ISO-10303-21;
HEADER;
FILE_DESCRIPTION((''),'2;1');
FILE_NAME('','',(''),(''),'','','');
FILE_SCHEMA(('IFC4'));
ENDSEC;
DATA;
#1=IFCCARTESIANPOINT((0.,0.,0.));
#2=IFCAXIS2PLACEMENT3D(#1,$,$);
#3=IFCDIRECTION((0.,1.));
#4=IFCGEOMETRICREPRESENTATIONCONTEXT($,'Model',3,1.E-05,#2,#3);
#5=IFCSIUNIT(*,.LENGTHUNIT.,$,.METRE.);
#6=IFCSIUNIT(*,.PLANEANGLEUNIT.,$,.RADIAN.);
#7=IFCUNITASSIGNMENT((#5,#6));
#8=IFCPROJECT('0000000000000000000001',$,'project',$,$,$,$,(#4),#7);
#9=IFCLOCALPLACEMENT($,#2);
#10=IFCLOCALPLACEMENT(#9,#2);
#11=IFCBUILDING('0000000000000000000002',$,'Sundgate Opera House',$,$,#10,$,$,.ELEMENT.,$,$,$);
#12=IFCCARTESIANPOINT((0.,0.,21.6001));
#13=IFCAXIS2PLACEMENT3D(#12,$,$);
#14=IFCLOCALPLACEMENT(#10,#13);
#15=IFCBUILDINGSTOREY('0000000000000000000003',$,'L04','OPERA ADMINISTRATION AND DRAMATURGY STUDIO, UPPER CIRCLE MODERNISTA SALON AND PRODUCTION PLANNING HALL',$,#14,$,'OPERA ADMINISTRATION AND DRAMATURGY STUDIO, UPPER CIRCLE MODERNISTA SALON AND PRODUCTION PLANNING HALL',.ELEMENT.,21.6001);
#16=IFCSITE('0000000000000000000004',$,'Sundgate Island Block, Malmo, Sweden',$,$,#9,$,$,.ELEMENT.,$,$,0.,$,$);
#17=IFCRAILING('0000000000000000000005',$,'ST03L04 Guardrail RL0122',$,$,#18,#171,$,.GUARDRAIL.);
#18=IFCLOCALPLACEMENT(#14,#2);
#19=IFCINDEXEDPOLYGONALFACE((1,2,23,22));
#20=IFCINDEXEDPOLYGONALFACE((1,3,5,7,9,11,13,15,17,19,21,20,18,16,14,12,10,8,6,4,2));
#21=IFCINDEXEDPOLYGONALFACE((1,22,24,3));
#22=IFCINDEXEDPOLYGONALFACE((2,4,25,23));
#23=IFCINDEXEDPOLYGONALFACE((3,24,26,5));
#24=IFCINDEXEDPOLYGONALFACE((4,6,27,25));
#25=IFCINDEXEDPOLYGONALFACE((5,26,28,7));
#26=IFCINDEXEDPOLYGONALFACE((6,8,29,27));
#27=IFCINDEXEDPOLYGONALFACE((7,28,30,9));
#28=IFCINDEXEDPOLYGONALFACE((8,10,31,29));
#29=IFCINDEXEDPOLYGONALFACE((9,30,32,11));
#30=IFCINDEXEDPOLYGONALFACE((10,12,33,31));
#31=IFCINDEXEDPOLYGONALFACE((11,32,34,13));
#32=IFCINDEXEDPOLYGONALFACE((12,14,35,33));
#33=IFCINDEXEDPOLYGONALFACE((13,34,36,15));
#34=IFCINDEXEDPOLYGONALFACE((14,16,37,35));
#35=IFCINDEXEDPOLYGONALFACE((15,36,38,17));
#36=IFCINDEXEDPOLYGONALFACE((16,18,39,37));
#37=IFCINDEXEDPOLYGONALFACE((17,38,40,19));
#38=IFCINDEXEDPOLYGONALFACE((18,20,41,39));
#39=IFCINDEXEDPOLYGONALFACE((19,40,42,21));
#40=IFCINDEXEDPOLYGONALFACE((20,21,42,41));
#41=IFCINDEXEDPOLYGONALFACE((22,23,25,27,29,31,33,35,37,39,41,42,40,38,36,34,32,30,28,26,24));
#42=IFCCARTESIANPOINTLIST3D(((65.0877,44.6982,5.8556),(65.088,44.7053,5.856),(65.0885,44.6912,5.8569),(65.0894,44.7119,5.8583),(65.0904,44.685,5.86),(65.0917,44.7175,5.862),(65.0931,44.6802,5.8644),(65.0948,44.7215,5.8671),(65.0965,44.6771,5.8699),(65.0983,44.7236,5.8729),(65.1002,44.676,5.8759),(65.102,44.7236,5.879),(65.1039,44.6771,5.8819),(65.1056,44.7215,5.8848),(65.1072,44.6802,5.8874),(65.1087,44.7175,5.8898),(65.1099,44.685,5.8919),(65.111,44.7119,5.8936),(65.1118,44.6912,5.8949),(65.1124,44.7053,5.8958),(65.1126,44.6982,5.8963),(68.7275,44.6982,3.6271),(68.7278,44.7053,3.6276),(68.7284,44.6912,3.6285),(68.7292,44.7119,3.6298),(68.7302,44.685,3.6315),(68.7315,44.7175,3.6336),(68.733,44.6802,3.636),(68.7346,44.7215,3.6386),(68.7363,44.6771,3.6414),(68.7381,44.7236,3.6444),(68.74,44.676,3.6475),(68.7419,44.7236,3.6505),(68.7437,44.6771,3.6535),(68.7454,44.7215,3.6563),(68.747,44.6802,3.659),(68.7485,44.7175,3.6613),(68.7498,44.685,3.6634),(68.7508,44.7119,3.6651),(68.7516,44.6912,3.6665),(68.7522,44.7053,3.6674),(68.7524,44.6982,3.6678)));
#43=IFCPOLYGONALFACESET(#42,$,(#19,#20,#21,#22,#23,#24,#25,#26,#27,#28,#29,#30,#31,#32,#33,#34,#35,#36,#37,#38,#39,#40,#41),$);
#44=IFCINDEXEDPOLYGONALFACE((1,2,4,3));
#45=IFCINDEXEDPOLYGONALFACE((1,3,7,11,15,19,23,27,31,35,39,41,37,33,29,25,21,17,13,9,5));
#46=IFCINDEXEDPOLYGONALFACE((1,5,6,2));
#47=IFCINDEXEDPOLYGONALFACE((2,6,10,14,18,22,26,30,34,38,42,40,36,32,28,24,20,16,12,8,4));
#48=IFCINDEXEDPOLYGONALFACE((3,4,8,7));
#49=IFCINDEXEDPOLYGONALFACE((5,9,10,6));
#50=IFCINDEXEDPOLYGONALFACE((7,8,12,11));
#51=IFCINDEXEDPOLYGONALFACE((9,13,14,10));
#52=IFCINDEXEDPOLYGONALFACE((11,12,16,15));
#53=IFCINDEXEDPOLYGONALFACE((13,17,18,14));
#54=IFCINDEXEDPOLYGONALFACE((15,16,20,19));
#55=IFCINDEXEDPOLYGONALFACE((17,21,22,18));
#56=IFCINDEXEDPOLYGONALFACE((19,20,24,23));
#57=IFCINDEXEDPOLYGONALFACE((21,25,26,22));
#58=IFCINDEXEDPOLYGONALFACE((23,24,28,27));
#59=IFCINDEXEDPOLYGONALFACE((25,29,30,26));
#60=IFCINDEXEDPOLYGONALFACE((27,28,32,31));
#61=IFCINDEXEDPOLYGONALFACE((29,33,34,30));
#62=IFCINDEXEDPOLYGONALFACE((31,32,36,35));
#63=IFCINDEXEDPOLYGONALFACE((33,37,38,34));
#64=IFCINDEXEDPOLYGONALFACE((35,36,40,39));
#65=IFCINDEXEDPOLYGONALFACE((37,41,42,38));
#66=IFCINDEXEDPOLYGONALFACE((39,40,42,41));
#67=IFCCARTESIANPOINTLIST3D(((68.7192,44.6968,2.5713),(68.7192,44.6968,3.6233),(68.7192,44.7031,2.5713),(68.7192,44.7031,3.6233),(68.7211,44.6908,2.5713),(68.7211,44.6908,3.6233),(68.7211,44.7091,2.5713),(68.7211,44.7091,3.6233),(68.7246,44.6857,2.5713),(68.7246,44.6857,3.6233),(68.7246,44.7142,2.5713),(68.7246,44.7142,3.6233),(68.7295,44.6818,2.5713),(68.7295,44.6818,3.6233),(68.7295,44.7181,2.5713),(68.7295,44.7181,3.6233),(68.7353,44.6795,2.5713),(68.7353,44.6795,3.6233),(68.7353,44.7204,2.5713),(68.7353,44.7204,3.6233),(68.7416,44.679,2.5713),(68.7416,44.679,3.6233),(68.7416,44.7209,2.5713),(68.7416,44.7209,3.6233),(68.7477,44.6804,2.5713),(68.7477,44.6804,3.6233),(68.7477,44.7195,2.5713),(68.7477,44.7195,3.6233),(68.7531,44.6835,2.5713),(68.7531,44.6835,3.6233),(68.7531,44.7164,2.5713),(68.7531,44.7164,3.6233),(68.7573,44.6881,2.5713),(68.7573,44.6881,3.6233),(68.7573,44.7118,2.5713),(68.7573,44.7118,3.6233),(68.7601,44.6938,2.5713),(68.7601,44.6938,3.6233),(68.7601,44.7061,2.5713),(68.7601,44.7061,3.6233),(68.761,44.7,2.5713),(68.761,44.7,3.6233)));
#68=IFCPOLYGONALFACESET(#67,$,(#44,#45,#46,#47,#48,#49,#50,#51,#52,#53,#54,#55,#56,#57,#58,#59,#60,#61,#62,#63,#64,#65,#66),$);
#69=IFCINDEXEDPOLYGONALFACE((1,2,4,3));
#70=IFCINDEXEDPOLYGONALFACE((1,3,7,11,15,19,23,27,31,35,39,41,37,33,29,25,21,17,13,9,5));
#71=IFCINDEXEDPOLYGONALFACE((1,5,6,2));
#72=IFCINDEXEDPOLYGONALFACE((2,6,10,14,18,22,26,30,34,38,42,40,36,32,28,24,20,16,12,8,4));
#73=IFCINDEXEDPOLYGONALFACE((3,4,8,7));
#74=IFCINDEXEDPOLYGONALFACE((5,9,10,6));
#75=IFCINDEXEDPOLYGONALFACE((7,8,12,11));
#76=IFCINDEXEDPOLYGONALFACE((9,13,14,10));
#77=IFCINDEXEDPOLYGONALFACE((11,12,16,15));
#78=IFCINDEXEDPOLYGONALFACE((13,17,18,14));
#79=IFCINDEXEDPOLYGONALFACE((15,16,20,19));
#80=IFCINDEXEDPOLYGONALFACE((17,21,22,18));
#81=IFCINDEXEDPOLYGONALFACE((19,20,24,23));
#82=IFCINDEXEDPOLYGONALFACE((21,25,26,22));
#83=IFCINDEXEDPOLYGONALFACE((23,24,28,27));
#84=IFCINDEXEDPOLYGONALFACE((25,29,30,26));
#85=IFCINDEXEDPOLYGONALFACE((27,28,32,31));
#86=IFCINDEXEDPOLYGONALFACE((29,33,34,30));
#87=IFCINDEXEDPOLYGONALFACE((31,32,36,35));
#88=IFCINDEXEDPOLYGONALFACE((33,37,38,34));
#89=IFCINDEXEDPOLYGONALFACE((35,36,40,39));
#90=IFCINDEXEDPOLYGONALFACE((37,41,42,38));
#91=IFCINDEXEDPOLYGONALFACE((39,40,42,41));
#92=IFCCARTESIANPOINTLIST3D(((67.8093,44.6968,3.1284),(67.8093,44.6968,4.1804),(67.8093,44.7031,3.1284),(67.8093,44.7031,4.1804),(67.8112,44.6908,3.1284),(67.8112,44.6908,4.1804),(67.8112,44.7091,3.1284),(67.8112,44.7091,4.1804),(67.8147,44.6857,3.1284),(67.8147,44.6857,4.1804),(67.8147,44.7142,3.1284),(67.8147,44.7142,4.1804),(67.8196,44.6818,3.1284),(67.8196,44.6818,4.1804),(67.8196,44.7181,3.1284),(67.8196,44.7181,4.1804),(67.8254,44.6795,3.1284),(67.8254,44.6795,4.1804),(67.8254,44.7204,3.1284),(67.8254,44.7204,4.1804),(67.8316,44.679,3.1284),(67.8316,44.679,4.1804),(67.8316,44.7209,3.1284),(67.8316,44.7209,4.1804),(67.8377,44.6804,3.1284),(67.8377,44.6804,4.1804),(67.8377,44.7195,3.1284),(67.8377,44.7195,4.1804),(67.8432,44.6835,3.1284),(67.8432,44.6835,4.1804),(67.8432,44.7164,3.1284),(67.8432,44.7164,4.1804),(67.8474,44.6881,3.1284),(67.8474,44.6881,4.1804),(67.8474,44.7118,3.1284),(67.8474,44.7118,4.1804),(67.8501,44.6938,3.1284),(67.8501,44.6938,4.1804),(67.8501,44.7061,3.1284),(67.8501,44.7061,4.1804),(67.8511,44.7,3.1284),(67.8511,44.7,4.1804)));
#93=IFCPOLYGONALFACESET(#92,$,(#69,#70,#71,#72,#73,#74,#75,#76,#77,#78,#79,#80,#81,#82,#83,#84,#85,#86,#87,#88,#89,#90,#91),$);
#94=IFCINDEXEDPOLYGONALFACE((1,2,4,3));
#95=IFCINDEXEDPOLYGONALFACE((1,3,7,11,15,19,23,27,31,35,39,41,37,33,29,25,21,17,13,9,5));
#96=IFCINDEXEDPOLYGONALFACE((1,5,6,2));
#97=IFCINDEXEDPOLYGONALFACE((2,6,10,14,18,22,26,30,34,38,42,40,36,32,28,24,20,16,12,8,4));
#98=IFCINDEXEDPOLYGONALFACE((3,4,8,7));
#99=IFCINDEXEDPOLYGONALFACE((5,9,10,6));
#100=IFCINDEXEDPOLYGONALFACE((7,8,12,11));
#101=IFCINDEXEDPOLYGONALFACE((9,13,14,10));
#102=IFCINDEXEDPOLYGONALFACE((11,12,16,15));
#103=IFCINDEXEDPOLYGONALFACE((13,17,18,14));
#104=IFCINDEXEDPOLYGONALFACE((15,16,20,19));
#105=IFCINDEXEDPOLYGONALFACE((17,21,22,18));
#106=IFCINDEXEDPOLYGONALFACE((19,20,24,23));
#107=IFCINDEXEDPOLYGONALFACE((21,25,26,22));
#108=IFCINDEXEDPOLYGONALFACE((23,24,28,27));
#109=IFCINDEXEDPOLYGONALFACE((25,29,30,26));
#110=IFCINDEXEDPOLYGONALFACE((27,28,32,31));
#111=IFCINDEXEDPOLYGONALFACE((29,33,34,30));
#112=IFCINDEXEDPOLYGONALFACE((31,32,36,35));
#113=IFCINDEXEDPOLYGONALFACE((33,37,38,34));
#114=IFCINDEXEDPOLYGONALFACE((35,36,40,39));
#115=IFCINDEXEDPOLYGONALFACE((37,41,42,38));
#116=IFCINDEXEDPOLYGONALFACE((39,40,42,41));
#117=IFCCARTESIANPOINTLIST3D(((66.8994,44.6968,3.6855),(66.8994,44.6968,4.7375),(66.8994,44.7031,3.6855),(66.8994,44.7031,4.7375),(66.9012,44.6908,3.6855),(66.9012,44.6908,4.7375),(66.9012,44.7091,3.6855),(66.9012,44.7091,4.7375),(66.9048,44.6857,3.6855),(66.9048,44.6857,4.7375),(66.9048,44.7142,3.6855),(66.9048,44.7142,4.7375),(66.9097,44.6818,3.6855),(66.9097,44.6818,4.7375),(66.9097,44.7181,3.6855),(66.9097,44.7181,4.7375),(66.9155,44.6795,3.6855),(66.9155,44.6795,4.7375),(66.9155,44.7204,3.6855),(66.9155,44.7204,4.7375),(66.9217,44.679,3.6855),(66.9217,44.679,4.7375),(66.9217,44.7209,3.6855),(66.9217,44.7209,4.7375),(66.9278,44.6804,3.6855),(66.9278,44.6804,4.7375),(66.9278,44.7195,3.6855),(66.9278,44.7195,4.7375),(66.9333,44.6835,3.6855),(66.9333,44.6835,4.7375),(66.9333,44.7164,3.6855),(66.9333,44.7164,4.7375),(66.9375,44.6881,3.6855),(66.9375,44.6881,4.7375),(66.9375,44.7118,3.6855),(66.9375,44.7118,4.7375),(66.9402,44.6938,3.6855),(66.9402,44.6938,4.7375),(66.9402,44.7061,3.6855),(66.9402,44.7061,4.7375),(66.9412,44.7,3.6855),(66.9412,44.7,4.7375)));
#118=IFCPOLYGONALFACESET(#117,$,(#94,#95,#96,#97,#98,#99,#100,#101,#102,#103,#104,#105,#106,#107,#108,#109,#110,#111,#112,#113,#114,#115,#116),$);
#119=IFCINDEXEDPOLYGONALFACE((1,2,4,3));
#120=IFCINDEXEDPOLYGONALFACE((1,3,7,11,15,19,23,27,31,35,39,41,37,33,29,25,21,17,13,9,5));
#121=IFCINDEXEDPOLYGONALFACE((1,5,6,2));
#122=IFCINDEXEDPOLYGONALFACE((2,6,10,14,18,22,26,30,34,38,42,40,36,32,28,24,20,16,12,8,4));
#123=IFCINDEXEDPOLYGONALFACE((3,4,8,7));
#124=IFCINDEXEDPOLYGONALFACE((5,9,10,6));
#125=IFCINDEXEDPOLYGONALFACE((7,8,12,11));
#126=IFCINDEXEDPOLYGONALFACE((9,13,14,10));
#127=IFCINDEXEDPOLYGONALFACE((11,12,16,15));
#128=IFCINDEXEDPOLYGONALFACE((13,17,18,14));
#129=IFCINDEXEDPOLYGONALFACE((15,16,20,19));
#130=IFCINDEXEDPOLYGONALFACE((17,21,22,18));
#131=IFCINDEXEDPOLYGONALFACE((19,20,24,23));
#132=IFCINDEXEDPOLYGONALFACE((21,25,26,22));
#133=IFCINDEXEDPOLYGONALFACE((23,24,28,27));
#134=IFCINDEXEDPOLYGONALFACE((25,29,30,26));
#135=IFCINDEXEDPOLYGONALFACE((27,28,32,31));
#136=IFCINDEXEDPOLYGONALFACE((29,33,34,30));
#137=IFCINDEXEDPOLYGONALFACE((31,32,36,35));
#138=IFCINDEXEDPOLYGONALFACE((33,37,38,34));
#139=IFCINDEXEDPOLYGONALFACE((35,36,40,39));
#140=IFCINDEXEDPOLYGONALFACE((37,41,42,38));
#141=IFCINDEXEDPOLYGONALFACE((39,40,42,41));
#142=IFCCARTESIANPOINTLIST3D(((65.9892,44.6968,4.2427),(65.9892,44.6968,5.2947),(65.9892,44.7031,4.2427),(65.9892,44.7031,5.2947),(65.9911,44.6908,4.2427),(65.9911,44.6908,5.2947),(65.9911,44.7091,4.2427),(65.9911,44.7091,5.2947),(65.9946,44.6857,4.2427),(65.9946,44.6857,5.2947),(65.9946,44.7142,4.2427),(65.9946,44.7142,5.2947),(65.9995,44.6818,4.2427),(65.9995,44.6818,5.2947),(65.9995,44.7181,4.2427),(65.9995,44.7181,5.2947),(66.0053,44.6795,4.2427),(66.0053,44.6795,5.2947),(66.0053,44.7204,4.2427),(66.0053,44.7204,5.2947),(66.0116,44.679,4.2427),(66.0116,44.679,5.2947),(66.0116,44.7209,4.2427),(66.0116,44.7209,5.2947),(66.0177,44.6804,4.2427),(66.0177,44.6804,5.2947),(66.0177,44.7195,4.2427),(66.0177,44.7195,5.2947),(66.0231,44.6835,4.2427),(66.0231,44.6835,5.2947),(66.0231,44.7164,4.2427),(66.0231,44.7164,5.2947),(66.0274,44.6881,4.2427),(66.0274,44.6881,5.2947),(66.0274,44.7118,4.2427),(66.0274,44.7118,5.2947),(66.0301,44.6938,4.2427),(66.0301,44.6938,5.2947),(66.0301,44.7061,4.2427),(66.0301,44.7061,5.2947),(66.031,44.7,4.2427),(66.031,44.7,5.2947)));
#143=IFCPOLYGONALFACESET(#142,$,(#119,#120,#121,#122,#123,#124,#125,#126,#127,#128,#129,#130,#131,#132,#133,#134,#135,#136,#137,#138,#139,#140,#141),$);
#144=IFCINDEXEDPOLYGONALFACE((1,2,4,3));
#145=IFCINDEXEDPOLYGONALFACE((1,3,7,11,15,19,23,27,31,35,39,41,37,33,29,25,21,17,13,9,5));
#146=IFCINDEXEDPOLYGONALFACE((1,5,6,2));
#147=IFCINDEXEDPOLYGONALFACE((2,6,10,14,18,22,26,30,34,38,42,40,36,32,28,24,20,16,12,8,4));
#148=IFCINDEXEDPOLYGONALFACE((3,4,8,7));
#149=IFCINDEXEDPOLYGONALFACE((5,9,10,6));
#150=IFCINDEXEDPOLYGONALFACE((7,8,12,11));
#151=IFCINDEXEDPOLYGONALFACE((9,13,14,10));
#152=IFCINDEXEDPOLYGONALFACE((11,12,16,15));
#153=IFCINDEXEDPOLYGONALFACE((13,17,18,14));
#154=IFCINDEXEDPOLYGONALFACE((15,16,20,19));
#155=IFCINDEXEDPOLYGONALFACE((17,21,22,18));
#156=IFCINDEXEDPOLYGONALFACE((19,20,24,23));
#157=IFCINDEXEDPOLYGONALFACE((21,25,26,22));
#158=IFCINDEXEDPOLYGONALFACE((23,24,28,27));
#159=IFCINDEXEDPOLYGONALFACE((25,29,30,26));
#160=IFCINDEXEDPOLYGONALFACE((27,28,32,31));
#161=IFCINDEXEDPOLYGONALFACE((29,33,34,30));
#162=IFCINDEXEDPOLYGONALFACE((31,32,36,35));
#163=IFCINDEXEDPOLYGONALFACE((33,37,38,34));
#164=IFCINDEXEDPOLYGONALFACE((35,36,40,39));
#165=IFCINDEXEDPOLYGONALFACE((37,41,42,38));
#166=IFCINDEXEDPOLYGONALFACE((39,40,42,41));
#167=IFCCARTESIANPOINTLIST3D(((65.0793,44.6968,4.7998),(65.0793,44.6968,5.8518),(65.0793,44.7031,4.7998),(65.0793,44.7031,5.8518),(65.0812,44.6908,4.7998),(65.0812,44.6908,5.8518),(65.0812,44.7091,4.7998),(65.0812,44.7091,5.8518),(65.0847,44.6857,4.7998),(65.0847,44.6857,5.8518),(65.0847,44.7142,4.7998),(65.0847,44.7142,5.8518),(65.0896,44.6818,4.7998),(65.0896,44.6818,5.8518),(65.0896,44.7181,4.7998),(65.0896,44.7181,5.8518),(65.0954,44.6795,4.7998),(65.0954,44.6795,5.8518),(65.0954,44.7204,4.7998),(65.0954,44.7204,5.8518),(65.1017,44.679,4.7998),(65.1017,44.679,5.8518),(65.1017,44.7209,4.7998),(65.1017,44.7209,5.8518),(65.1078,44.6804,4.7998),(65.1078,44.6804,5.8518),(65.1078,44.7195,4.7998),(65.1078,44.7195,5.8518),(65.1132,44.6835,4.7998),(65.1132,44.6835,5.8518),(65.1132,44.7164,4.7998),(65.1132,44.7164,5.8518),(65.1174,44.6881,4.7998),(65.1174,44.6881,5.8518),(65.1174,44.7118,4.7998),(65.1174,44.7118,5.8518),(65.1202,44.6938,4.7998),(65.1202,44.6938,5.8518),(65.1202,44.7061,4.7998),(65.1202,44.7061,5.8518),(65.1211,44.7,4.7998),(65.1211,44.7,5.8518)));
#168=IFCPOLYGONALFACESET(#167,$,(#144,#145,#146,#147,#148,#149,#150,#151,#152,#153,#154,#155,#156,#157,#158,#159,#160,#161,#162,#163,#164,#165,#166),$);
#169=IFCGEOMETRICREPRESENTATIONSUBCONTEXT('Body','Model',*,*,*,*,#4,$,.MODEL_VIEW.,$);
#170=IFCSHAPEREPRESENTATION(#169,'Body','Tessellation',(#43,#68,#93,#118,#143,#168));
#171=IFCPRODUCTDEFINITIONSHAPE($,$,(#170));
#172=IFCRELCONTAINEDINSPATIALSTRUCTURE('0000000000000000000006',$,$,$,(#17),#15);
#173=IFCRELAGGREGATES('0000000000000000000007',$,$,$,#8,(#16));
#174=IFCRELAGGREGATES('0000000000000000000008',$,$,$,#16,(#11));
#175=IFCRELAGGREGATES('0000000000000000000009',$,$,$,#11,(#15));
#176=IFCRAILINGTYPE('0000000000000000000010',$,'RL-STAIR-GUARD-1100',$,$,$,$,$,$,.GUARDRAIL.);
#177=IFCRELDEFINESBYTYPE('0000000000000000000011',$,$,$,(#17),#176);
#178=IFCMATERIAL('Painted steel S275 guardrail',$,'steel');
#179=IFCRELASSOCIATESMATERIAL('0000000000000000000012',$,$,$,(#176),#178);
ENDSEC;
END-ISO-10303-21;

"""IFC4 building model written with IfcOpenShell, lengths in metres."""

from ifc_helpers import new_model, si_unit, direction, frame, origin, origin_2d, place, context, subcontext, project, spatial, circle, extrude, material, type_object, element, save


model = new_model("IFC4")

# Units and contexts
model_context = context("Model", 3, precision=1e-05, world=origin(), true_north=direction((0.0, 1.0)))
body_context = subcontext(model_context, "Body", "Model", "MODEL_VIEW")
ifc_project = project(units=[si_unit("LENGTHUNIT", "METRE"), si_unit("PLANEANGLEUNIT", "RADIAN")], contexts=[model_context])

# Site, building, storey
site_placement = place(None, origin())
site = spatial("IfcSite", under=ifc_project, at=site_placement, Name="Sundgate Island Block, Malmo, Sweden", CompositionType="ELEMENT", RefElevation=0.0)
building_placement = place(site_placement, origin())
building = spatial("IfcBuilding", under=site, at=building_placement, Name="Sundgate Opera House", CompositionType="ELEMENT")
storey_placement = place(building_placement, frame((0.0, 0.0, 21.6001)))
storey = spatial("IfcBuildingStorey", under=building, at=storey_placement, Name="L04", Description="OPERA ADMINISTRATION AND DRAMATURGY STUDIO, UPPER CIRCLE MODERNISTA SALON AND PRODUCTION PLANNING HALL", LongName="OPERA ADMINISTRATION AND DRAMATURGY STUDIO, UPPER CIRCLE MODERNISTA SALON AND PRODUCTION PLANNING HALL", CompositionType="ELEMENT", Elevation=21.6001)

# Railing
ifc_material_1 = material(Name="Painted steel S275 guardrail", Category="steel")
railing_type_1 = type_object("IfcRailingType", Name="RL-STAIR-GUARD-1100", PredefinedType="GUARDRAIL", material=ifc_material_1)
railing_1_placement = place(storey_placement, frame((68.74, 44.7, 2.5713)))
element("IfcRailing", 1, at=railing_1_placement, inside=storey, type_object=railing_type_1, Name="ST03L04 Guardrail RL0122", PredefinedType="GUARDRAIL", context=body_context, shape_type="SweptSolid", body=[
    extrude(circle(Radius=0.0239, at=origin_2d()), frame((0.0, 0.0, 1.0762), z_axis=(-0.85285, 0.0, 0.522156), x_axis=(0.0, -1.0, 0.0)), (0.0, 0.0, 1.0), 4.2678),
    extrude(circle(Radius=0.021, at=origin_2d()), origin(), (0.0, 0.0, 1.0), 1.052),
    extrude(circle(Radius=0.021, at=origin_2d()), frame((-0.9099, 0.0, 0.5571)), (0.0, 0.0, 1.0), 1.052),
    extrude(circle(Radius=0.021, at=origin_2d()), frame((-1.8198, 0.0, 1.1143)), (0.0, 0.0, 1.0), 1.052),
    extrude(circle(Radius=0.021, at=origin_2d()), frame((-2.73, 0.0, 1.6714)), (0.0, 0.0, 1.0), 1.052),
    extrude(circle(Radius=0.021, at=origin_2d()), frame((-3.6399, 0.0, 2.2285)), (0.0, 0.0, 1.0), 1.052),
])

save(model, "model.ifc")
